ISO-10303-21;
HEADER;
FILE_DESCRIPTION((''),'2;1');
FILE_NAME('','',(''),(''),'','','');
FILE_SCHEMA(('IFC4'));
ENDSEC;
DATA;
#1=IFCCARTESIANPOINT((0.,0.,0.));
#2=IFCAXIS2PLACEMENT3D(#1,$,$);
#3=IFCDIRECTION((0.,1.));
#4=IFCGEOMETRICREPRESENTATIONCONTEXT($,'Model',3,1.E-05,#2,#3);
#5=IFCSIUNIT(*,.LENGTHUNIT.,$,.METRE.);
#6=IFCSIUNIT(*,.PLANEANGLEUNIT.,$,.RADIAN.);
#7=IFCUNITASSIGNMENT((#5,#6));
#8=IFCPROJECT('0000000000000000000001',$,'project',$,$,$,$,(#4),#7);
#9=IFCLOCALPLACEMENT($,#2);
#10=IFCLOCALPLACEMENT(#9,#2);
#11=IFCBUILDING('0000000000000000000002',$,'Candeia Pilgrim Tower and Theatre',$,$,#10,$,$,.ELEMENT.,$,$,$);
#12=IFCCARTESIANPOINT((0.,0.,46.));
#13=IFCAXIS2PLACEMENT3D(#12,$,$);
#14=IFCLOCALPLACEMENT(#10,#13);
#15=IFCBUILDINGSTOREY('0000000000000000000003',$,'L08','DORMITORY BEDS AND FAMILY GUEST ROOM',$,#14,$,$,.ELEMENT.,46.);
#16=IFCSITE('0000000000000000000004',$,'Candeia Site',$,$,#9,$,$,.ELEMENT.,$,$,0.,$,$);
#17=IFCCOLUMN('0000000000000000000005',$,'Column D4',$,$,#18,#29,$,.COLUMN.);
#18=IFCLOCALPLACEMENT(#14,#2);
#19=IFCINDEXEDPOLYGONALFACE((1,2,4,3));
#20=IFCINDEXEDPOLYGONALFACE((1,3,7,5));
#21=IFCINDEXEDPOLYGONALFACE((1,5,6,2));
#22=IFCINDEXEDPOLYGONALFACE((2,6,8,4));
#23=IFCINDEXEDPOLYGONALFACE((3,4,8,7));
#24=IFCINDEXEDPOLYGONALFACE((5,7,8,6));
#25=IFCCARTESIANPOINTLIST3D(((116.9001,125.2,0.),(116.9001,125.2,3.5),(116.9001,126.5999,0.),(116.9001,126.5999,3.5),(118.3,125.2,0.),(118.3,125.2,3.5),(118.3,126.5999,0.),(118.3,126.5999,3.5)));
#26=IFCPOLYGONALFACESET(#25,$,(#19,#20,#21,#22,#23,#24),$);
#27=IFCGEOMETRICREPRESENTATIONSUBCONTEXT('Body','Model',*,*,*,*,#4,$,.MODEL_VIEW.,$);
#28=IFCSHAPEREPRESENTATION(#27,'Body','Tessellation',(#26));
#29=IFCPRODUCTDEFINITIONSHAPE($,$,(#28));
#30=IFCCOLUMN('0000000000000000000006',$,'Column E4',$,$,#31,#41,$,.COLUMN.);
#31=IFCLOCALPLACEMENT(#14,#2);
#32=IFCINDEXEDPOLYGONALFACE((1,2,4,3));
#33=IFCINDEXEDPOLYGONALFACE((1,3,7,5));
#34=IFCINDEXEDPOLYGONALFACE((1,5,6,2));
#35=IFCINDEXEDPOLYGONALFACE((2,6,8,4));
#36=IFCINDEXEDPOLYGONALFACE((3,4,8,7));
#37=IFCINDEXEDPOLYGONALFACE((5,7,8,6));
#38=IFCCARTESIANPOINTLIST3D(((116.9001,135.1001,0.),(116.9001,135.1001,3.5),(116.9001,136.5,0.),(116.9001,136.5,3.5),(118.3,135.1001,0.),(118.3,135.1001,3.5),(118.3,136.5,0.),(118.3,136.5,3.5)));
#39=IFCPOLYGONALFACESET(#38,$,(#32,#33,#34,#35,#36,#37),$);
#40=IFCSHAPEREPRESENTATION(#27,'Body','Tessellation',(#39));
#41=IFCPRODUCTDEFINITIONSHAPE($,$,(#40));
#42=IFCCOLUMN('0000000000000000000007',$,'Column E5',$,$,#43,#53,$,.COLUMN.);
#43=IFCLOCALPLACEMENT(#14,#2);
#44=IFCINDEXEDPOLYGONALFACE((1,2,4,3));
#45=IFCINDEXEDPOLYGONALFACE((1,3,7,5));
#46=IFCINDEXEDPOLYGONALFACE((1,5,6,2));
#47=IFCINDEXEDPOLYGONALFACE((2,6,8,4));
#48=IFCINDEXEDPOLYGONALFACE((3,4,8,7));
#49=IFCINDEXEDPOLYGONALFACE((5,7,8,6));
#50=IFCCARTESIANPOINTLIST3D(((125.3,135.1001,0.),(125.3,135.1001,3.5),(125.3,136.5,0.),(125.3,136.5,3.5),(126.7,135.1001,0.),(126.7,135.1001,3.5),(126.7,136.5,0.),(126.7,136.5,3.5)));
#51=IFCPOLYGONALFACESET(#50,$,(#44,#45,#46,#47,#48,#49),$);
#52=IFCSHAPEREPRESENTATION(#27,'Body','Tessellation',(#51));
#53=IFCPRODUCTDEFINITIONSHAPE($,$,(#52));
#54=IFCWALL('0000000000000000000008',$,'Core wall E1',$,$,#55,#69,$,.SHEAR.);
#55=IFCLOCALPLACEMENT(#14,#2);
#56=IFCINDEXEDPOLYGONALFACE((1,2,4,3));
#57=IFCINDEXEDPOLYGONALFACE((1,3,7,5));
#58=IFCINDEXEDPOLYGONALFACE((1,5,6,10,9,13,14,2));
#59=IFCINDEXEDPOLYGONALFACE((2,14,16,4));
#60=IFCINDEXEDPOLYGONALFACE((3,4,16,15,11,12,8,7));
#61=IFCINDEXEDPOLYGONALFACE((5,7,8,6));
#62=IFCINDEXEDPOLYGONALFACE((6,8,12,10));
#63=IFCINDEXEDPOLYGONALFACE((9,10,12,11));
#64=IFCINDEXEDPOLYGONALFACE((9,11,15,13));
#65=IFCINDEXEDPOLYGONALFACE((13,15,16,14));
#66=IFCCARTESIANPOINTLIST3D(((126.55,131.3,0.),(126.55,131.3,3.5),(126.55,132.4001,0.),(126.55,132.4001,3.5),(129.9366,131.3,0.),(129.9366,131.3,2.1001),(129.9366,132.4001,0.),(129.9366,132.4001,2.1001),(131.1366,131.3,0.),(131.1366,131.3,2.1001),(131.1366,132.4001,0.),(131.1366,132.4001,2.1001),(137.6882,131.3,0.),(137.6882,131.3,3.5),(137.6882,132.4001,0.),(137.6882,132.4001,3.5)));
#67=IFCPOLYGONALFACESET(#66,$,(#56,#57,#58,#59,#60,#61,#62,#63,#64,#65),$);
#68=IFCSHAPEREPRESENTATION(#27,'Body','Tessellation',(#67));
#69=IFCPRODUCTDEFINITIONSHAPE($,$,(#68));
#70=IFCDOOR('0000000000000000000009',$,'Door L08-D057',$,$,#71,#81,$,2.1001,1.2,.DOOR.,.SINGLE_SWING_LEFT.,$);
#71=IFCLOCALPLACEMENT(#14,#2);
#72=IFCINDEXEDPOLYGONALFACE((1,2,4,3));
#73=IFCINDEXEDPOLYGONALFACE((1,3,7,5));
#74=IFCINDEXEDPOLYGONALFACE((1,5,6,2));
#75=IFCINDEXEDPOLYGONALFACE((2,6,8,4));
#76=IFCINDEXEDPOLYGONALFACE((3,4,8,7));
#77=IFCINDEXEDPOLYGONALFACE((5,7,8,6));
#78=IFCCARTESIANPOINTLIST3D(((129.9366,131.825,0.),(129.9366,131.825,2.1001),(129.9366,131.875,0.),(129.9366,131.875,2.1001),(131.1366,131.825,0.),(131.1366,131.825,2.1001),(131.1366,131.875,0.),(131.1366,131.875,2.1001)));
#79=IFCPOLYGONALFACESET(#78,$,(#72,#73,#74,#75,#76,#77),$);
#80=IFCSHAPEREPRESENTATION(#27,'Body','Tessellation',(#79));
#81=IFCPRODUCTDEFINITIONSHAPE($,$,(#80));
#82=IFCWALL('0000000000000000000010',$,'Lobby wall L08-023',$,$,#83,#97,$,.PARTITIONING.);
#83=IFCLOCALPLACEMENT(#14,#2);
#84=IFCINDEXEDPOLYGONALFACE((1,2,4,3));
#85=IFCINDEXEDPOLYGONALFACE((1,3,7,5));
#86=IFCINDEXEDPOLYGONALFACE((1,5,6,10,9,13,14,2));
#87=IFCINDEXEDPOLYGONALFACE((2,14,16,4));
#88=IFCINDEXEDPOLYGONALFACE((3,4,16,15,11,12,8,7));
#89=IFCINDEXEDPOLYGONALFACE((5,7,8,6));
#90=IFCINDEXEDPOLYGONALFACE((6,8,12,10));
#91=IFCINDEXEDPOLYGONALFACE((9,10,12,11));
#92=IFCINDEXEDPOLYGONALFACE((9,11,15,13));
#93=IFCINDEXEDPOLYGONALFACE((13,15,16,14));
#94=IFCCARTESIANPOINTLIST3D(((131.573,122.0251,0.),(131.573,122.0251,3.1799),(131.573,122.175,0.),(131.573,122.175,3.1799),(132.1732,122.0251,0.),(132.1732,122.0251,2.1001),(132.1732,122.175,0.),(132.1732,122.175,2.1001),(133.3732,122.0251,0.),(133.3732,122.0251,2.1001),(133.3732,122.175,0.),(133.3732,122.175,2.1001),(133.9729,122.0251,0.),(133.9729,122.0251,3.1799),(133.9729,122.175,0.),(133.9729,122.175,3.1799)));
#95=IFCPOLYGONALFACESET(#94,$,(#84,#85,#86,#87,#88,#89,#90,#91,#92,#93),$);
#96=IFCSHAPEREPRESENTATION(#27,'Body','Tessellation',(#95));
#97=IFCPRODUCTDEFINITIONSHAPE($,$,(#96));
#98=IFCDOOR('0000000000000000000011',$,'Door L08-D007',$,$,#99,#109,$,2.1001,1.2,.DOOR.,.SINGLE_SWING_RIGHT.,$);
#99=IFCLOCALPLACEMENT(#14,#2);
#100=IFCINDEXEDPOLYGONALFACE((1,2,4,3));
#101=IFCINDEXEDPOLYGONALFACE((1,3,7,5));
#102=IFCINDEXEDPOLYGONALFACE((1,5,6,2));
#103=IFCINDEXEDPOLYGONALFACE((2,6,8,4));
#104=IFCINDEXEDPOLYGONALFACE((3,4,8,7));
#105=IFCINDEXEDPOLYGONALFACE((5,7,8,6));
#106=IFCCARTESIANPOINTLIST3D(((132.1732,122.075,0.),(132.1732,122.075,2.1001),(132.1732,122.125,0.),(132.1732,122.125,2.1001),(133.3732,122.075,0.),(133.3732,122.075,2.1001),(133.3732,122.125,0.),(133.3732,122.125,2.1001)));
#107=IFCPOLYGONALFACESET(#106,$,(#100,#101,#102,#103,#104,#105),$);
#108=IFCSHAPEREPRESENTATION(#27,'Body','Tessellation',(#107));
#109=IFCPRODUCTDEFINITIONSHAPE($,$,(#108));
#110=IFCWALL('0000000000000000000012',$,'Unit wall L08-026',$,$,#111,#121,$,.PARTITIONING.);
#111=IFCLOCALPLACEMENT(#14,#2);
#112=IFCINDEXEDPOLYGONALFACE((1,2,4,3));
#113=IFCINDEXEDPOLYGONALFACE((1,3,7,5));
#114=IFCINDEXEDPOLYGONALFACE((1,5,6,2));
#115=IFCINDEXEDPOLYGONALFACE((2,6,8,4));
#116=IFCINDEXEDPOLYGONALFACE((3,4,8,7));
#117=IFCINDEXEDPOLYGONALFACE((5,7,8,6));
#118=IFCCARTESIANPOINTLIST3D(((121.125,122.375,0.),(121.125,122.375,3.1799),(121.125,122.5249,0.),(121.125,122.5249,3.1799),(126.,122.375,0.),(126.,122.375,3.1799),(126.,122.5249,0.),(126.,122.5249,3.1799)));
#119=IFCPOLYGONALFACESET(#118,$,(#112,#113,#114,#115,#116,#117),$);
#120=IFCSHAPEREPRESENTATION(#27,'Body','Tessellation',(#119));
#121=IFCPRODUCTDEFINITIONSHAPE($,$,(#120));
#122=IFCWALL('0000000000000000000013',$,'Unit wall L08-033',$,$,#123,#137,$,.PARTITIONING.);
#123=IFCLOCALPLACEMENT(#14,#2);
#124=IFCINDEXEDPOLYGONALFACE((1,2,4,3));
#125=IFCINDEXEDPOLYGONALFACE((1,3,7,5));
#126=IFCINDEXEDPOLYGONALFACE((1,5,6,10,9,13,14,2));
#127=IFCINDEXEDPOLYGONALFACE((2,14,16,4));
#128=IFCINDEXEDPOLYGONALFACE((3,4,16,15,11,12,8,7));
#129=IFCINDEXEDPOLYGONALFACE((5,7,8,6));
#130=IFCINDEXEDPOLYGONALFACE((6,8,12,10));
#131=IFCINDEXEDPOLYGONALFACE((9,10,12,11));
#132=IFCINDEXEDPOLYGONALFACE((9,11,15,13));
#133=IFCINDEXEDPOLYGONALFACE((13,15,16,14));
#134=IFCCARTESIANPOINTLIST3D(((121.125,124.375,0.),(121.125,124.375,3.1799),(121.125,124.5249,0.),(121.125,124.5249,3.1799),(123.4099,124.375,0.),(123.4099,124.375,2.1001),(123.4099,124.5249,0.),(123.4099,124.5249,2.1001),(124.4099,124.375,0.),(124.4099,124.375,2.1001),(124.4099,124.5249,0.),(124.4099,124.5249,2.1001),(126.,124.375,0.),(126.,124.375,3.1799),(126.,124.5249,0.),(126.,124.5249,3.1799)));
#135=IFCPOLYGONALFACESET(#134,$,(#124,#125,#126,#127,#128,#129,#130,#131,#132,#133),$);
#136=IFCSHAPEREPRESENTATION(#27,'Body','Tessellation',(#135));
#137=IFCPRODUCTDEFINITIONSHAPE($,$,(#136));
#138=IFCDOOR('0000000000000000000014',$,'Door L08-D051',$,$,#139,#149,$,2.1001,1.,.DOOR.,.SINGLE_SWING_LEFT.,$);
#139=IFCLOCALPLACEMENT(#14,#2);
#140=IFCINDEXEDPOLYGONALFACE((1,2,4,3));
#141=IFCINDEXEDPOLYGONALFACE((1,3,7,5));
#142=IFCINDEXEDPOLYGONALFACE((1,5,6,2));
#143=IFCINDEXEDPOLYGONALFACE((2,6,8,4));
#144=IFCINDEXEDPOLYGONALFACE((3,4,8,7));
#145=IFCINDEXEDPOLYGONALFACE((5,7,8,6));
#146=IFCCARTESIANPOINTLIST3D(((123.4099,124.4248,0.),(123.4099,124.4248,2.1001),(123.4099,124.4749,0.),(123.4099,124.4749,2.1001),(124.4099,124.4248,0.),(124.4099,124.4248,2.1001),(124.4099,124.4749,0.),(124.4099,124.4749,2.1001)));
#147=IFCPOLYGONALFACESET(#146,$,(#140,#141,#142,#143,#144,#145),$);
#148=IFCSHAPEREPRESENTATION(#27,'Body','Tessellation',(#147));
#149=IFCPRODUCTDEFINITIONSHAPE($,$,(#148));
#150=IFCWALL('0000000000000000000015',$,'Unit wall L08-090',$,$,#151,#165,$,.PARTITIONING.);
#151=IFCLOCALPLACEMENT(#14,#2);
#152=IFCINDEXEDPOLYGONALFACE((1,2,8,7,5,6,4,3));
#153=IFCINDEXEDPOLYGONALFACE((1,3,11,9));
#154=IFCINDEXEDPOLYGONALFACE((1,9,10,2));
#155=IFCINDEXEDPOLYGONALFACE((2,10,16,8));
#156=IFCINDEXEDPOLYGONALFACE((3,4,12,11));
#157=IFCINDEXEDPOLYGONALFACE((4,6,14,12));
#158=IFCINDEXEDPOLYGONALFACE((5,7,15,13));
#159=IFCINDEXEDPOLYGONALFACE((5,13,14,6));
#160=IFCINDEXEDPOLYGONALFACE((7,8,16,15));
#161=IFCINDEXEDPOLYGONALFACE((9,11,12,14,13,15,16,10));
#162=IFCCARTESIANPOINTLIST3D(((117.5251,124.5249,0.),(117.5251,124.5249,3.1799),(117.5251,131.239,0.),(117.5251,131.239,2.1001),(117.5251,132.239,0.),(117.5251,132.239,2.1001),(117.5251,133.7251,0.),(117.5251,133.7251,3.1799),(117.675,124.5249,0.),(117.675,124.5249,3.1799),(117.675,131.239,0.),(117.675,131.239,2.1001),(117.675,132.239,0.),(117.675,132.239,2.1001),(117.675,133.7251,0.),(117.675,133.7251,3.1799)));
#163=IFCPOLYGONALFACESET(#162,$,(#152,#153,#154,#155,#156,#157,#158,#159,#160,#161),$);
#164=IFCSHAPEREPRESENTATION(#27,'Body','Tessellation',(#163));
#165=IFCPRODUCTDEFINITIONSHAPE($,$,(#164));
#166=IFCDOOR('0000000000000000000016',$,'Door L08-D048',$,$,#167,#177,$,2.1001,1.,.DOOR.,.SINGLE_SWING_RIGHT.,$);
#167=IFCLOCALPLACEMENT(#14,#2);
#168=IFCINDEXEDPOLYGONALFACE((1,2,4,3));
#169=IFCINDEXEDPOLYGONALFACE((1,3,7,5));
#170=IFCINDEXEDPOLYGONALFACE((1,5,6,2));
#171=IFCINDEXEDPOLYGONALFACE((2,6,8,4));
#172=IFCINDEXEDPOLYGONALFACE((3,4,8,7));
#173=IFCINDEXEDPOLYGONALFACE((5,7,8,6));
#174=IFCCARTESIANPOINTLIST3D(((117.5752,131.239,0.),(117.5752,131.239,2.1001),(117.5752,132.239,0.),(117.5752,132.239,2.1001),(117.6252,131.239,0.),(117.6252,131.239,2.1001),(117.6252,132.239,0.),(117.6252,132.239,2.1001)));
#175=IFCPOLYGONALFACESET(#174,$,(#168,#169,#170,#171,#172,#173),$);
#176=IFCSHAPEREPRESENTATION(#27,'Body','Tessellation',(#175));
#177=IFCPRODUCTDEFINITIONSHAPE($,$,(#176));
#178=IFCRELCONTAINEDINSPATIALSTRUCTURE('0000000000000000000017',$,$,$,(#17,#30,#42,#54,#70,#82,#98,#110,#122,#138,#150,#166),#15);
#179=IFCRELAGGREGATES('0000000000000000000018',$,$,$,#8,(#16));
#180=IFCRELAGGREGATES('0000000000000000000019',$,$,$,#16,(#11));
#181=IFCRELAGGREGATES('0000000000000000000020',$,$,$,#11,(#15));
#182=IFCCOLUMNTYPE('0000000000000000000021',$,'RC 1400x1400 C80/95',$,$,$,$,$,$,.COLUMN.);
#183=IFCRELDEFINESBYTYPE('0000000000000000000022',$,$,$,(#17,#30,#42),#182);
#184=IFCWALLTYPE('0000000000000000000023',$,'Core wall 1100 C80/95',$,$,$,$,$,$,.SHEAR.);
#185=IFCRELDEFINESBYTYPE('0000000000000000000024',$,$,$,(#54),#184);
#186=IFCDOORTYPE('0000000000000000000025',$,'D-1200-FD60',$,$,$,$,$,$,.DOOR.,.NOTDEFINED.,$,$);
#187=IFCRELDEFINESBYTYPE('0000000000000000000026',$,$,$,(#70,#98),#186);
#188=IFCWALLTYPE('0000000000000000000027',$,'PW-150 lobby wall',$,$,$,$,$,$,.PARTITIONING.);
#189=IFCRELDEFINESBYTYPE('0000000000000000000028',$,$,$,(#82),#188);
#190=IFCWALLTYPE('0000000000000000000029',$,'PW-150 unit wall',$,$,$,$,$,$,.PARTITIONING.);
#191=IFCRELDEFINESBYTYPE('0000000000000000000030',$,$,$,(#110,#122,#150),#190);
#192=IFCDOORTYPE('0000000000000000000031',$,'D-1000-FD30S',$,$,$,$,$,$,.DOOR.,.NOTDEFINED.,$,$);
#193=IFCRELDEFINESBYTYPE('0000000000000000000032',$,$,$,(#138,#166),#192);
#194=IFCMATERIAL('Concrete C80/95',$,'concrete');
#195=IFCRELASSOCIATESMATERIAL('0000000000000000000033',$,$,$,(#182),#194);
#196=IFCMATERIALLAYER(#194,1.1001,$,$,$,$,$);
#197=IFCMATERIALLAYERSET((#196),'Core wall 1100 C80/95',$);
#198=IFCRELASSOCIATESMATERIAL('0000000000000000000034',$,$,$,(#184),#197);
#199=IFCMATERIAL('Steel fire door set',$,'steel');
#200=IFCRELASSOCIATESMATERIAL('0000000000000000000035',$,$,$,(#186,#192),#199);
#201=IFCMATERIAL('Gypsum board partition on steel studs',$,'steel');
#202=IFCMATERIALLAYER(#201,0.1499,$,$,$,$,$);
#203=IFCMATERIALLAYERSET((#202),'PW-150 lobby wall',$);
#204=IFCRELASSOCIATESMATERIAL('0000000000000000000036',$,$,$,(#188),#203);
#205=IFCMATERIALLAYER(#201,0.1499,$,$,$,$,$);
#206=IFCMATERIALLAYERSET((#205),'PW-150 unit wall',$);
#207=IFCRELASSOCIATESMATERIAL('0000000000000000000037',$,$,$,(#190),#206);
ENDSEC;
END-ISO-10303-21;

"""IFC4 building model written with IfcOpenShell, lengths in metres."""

from ifc_helpers import new_model, si_unit, direction, frame, frame_2d, origin, origin_2d, place, context, subcontext, project, spatial, rectangle, extrude, material, layer, layer_set, material_profile, profile_set, type_object, element, fill, save


model = new_model("IFC4")

# Units and contexts
model_context = context("Model", 3, precision=1e-05, world=origin(), true_north=direction((0.0, 1.0)))
body_context = subcontext(model_context, "Body", "Model", "MODEL_VIEW")
ifc_project = project(units=[si_unit("LENGTHUNIT", "METRE"), si_unit("PLANEANGLEUNIT", "RADIAN")], contexts=[model_context])

# Site, building, storey
site_placement = place(None, origin())
site = spatial("IfcSite", under=ifc_project, at=site_placement, Name="Candeia Site", CompositionType="ELEMENT", RefElevation=0.0)
building_placement = place(site_placement, origin())
building = spatial("IfcBuilding", under=site, at=building_placement, Name="Candeia Pilgrim Tower and Theatre", CompositionType="ELEMENT")
storey_placement = place(building_placement, frame((0.0, 0.0, 46.0)))
storey = spatial("IfcBuildingStorey", under=building, at=storey_placement, Name="L08", Description="DORMITORY BEDS AND FAMILY GUEST ROOM", CompositionType="ELEMENT", Elevation=46.0)

# Columns
ifc_material_1 = material(Name="Concrete C80/95", Category="concrete")
ifc_material_profile = material_profile(ifc_material_1, rectangle(XDim=1.3999, YDim=1.3999, at=origin_2d()))
ifc_profile_set = profile_set([ifc_material_profile], Name="Concrete C80/95")
column_type = type_object("IfcColumnType", Name="RC 1400x1400 C80/95", PredefinedType="COLUMN", material=ifc_profile_set)
for number, where, z_axis, x_axis, name in (
    (1, (117.6001, 125.8999, 0.0), (0.0, 0.0, 1.0), (1.0, 0.0, 0.0), "Column D4"),
    (2, (117.6001, 135.8, 0.0), (0.0, 0.0, 1.0), (1.0, 0.0, 0.0), "Column E4"),
    (3, (126.0, 135.8, 0.0), (0.0, 0.0, 1.0), (1.0, 0.0, 0.0), "Column E5"),
):
    element("IfcColumn", number, at=place(storey_placement, frame(where, z_axis=z_axis, x_axis=x_axis)), inside=storey, type_object=column_type, Name=name, PredefinedType="COLUMN", context=body_context, shape_type="SweptSolid", body=[
        extrude(rectangle(XDim=1.3999, YDim=1.3999, at=origin_2d()), origin(), (0.0, 0.0, 1.0), 3.5),
    ])

# Walls, openings, doors
ifc_layer_1 = layer(ifc_material_1, 1.1001)
ifc_layer_set_1 = layer_set([ifc_layer_1], Name="Core wall 1100 C80/95")
wall_type_1 = type_object("IfcWallType", Name="Core wall 1100 C80/95", PredefinedType="SHEAR", material=ifc_layer_set_1)
wall_1_placement = place(storey_placement, frame((126.55, 131.8501, 0.0), z_axis=(0.0, 0.0, 1.0), x_axis=(1.0, 0.0, 0.0)))
wall_1 = element("IfcWall", 4, at=wall_1_placement, inside=storey, type_object=wall_type_1, Name="Core wall E1", PredefinedType="SHEAR", context=body_context, shape_type="SweptSolid", body=[
    extrude(rectangle(XDim=11.1382, YDim=1.1001, at=frame_2d((5.5691, 0.0))), origin(), (0.0, 0.0, 1.0), 3.5),
])
opening_1_placement = place(wall_1_placement, frame((3.3865, 0.0, 0.0)))
opening_1 = element("IfcOpeningElement", 5, at=opening_1_placement, cuts=wall_1, PredefinedType="OPENING", context=body_context, shape_type="SweptSolid", body=[
    extrude(rectangle(XDim=1.2, YDim=2.1001, at=frame_2d((0.6001, 1.05))), frame((0.0, 0.5601, 0.0), z_axis=(0.0, -1.0, 0.0), x_axis=(1.0, 0.0, 0.0)), (0.0, 0.0, 1.0), 1.1201),
])
ifc_material_2 = material(Name="Steel fire door set", Category="steel")
door_type_1 = type_object("IfcDoorType", Name="D-1200-FD60", OperationType="NOTDEFINED", PredefinedType="DOOR", material=ifc_material_2)
door_1_placement = place(opening_1_placement, origin())
door_1 = element("IfcDoor", 6, at=door_1_placement, inside=storey, type_object=door_type_1, Name="Door L08-D057", OperationType="SINGLE_SWING_LEFT", OverallHeight=2.1001, OverallWidth=1.2, PredefinedType="DOOR", context=body_context, shape_type="SweptSolid", body=[
    extrude(rectangle(XDim=1.2, YDim=2.1001, at=frame_2d((0.6001, 1.05))), frame((0.0, 0.0249, 0.0), z_axis=(0.0, -1.0, 0.0), x_axis=(1.0, 0.0, 0.0)), (0.0, 0.0, 1.0), 0.05),
])
fill(opening_1, door_1)
ifc_material_3 = material(Name="Gypsum board partition on steel studs", Category="steel")
ifc_layer_2 = layer(ifc_material_3, 0.1499)
ifc_layer_set_2 = layer_set([ifc_layer_2], Name="PW-150 lobby wall")
wall_type_2 = type_object("IfcWallType", Name="PW-150 lobby wall", PredefinedType="PARTITIONING", material=ifc_layer_set_2)
wall_2_placement = place(storey_placement, frame((131.573, 122.1001, 0.0), z_axis=(0.0, 0.0, 1.0), x_axis=(1.0, 0.0, 0.0)))
wall_2 = element("IfcWall", 7, at=wall_2_placement, inside=storey, type_object=wall_type_2, Name="Lobby wall L08-023", PredefinedType="PARTITIONING", context=body_context, shape_type="SweptSolid", body=[
    extrude(rectangle(XDim=2.3999, YDim=0.1499, at=frame_2d((1.2, 0.0))), origin(), (0.0, 0.0, 1.0), 3.1799),
])
opening_2_placement = place(wall_2_placement, frame((0.6001, 0.0, 0.0)))
opening_2 = element("IfcOpeningElement", 8, at=opening_2_placement, cuts=wall_2, PredefinedType="OPENING", context=body_context, shape_type="SweptSolid", body=[
    extrude(rectangle(XDim=1.2, YDim=2.1001, at=frame_2d((0.6001, 1.05))), frame((0.0, 0.085, 0.0), z_axis=(0.0, -1.0, 0.0), x_axis=(1.0, 0.0, 0.0)), (0.0, 0.0, 1.0), 0.1699),
])
door_2_placement = place(opening_2_placement, origin())
door_2 = element("IfcDoor", 9, at=door_2_placement, inside=storey, type_object=door_type_1, Name="Door L08-D007", OperationType="SINGLE_SWING_RIGHT", OverallHeight=2.1001, OverallWidth=1.2, PredefinedType="DOOR", context=body_context, shape_type="SweptSolid", body=[
    extrude(rectangle(XDim=1.2, YDim=2.1001, at=frame_2d((0.6001, 1.05))), frame((0.0, 0.0249, 0.0), z_axis=(0.0, -1.0, 0.0), x_axis=(1.0, 0.0, 0.0)), (0.0, 0.0, 1.0), 0.05),
])
fill(opening_2, door_2)

# Wall
ifc_layer_3 = layer(ifc_material_3, 0.1499)
ifc_layer_set_3 = layer_set([ifc_layer_3], Name="PW-150 unit wall")
wall_type_3 = type_object("IfcWallType", Name="PW-150 unit wall", PredefinedType="PARTITIONING", material=ifc_layer_set_3)
wall_3_placement = place(storey_placement, frame((121.125, 122.45, 0.0), z_axis=(0.0, 0.0, 1.0), x_axis=(1.0, 0.0, 0.0)))
element("IfcWall", 10, at=wall_3_placement, inside=storey, type_object=wall_type_3, Name="Unit wall L08-026", PredefinedType="PARTITIONING", context=body_context, shape_type="SweptSolid", body=[
    extrude(rectangle(XDim=4.875, YDim=0.1499, at=frame_2d((2.4375, 0.0))), origin(), (0.0, 0.0, 1.0), 3.1799),
])

# Walls, openings, doors
wall_4_placement = place(storey_placement, frame((121.125, 124.45, 0.0), z_axis=(0.0, 0.0, 1.0), x_axis=(1.0, 0.0, 0.0)))
wall_4 = element("IfcWall", 11, at=wall_4_placement, inside=storey, type_object=wall_type_3, Name="Unit wall L08-033", PredefinedType="PARTITIONING", context=body_context, shape_type="SweptSolid", body=[
    extrude(rectangle(XDim=4.875, YDim=0.1499, at=frame_2d((2.4375, 0.0))), origin(), (0.0, 0.0, 1.0), 3.1799),
])
opening_3_placement = place(wall_4_placement, frame((2.2849, 0.0, 0.0)))
opening_3 = element("IfcOpeningElement", 12, at=opening_3_placement, cuts=wall_4, PredefinedType="OPENING", context=body_context, shape_type="SweptSolid", body=[
    extrude(rectangle(XDim=1.0, YDim=2.1001, at=frame_2d((0.5, 1.05))), frame((0.0, 0.085, 0.0), z_axis=(0.0, -1.0, 0.0), x_axis=(1.0, 0.0, 0.0)), (0.0, 0.0, 1.0), 0.1699),
])
door_type_2 = type_object("IfcDoorType", Name="D-1000-FD30S", OperationType="NOTDEFINED", PredefinedType="DOOR", material=ifc_material_2)
door_3_placement = place(opening_3_placement, origin())
door_3 = element("IfcDoor", 13, at=door_3_placement, inside=storey, type_object=door_type_2, Name="Door L08-D051", OperationType="SINGLE_SWING_LEFT", OverallHeight=2.1001, OverallWidth=1.0, PredefinedType="DOOR", context=body_context, shape_type="SweptSolid", body=[
    extrude(rectangle(XDim=1.0, YDim=2.1001, at=frame_2d((0.5, 1.05))), frame((0.0, 0.0249, 0.0), z_axis=(0.0, -1.0, 0.0), x_axis=(1.0, 0.0, 0.0)), (0.0, 0.0, 1.0), 0.05),
])
fill(opening_3, door_3)
wall_5_placement = place(storey_placement, frame((117.6001, 124.5249, 0.0), z_axis=(0.0, 0.0, 1.0), x_axis=(0.0, 1.0, 0.0)))
wall_5 = element("IfcWall", 14, at=wall_5_placement, inside=storey, type_object=wall_type_3, Name="Unit wall L08-090", PredefinedType="PARTITIONING", context=body_context, shape_type="SweptSolid", body=[
    extrude(rectangle(XDim=9.2002, YDim=0.1499, at=frame_2d((4.6001, 0.0))), origin(), (0.0, 0.0, 1.0), 3.1799),
])
opening_4_placement = place(wall_5_placement, frame((6.7141, 0.0, 0.0)))
opening_4 = element("IfcOpeningElement", 15, at=opening_4_placement, cuts=wall_5, PredefinedType="OPENING", context=body_context, shape_type="SweptSolid", body=[
    extrude(rectangle(XDim=1.0, YDim=2.1001, at=frame_2d((0.5, 1.05))), frame((0.0, 0.085, 0.0), z_axis=(0.0, -1.0, 0.0), x_axis=(1.0, 0.0, 0.0)), (0.0, 0.0, 1.0), 0.1699),
])
door_4_placement = place(opening_4_placement, origin())
door_4 = element("IfcDoor", 16, at=door_4_placement, inside=storey, type_object=door_type_2, Name="Door L08-D048", OperationType="SINGLE_SWING_RIGHT", OverallHeight=2.1001, OverallWidth=1.0, PredefinedType="DOOR", context=body_context, shape_type="SweptSolid", body=[
    extrude(rectangle(XDim=1.0, YDim=2.1001, at=frame_2d((0.5, 1.05))), frame((0.0, 0.0249, 0.0), z_axis=(0.0, -1.0, 0.0), x_axis=(1.0, 0.0, 0.0)), (0.0, 0.0, 1.0), 0.05),
])
fill(opening_4, door_4)

save(model, "model.ifc")
